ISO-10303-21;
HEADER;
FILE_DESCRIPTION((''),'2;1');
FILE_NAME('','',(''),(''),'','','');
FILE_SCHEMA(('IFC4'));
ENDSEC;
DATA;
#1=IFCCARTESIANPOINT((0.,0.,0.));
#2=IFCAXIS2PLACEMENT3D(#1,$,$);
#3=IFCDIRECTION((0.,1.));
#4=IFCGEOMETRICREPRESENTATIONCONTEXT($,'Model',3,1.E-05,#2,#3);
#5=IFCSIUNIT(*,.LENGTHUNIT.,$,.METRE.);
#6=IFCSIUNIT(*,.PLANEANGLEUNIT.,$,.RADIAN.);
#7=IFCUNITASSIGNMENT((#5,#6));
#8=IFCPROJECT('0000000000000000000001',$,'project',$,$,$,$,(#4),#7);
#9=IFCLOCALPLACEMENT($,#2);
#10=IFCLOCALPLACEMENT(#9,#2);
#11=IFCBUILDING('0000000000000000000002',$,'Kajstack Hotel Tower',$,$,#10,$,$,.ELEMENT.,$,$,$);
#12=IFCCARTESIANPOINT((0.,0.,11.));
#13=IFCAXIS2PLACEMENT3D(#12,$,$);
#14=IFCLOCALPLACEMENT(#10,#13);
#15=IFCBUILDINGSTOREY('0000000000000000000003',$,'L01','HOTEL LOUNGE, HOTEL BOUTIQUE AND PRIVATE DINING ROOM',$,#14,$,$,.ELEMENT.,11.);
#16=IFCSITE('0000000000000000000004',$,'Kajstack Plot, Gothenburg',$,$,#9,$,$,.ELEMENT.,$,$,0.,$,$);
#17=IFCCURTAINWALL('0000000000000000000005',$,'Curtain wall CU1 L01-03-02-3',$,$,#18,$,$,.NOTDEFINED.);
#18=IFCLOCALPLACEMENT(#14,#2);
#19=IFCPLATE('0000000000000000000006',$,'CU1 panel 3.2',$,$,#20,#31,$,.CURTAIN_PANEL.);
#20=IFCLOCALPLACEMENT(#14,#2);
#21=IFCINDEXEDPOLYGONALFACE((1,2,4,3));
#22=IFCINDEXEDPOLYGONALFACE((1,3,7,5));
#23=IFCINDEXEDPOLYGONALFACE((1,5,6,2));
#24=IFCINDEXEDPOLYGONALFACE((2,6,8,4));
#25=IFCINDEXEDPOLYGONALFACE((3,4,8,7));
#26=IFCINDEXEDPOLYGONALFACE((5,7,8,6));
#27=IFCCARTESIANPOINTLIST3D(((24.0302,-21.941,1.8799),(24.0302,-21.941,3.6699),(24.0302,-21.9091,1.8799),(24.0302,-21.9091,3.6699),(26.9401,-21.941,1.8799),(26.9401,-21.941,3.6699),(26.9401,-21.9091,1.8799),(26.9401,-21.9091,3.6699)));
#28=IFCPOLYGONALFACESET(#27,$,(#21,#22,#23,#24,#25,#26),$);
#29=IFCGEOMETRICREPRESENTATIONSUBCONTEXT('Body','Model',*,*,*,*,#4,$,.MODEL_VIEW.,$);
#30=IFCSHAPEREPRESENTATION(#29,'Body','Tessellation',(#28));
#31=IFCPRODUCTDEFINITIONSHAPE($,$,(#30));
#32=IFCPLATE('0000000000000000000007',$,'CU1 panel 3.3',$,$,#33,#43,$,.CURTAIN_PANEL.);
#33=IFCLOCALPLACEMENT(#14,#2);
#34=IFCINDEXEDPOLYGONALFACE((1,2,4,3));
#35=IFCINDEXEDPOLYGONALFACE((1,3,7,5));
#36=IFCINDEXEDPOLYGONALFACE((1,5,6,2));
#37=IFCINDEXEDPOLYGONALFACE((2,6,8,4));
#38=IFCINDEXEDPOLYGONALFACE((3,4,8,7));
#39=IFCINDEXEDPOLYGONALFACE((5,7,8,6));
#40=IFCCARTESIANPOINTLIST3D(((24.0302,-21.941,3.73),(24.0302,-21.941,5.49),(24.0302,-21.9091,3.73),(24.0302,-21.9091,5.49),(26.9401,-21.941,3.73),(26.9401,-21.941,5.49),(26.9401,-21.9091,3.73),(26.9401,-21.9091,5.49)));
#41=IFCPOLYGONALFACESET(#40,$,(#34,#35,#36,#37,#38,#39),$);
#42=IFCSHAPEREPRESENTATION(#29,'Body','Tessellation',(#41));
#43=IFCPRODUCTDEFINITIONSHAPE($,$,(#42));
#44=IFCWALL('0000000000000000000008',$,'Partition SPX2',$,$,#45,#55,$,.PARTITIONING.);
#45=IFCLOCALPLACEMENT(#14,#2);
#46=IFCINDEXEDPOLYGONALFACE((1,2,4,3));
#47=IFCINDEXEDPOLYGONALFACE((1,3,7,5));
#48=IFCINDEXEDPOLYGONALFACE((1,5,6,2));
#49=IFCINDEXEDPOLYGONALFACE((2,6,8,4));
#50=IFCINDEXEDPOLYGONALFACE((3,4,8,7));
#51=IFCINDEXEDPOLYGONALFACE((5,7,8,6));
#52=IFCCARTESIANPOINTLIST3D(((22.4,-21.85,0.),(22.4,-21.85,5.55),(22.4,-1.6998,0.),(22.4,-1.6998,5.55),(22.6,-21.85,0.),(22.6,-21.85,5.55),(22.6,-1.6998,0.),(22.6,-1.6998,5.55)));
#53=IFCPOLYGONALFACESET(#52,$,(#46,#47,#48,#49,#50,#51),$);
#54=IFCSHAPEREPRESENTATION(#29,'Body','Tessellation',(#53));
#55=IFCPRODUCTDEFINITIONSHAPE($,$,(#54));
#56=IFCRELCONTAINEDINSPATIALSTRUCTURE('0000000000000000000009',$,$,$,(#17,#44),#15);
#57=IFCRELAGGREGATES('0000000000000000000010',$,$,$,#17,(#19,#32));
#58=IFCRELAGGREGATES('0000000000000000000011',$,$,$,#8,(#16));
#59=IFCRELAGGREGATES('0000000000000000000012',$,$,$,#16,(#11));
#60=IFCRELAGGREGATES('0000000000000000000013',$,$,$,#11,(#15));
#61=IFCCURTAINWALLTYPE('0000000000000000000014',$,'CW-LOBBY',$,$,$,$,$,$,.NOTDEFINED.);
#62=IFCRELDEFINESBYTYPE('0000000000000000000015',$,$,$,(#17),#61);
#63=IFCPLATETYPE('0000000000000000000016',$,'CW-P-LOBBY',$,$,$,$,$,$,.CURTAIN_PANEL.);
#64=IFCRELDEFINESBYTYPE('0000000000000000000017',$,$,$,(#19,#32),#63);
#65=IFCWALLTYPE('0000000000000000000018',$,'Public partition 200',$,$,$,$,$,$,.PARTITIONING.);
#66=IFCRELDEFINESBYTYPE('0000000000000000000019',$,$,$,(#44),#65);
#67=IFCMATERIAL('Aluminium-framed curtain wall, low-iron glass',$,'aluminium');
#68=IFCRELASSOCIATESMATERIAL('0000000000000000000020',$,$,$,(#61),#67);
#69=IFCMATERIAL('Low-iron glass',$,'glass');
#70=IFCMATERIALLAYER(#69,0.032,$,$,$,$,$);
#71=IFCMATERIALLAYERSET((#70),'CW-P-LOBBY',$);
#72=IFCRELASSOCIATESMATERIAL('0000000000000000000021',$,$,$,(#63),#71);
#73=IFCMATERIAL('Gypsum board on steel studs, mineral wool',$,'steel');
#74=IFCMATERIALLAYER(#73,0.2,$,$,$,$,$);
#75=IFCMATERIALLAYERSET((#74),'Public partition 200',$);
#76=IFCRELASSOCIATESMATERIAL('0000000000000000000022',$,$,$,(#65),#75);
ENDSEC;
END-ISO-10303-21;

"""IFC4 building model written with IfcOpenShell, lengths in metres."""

from ifc_helpers import new_model, si_unit, direction, frame, frame_2d, origin, origin_2d, place, context, subcontext, project, spatial, rectangle, extrude, material, layer, layer_set, type_object, element, aggregate, save


model = new_model("IFC4")

# Units and contexts
model_context = context("Model", 3, precision=1e-05, world=origin(), true_north=direction((0.0, 1.0)))
body_context = subcontext(model_context, "Body", "Model", "MODEL_VIEW")
ifc_project = project(units=[si_unit("LENGTHUNIT", "METRE"), si_unit("PLANEANGLEUNIT", "RADIAN")], contexts=[model_context])

# Site, building, storey
site_placement = place(None, origin())
site = spatial("IfcSite", under=ifc_project, at=site_placement, Name="Kajstack Plot, Gothenburg", CompositionType="ELEMENT", RefElevation=0.0)
building_placement = place(site_placement, origin())
building = spatial("IfcBuilding", under=site, at=building_placement, Name="Kajstack Hotel Tower", CompositionType="ELEMENT")
storey_placement = place(building_placement, frame((0.0, 0.0, 11.0)))
storey = spatial("IfcBuildingStorey", under=building, at=storey_placement, Name="L01", Description="HOTEL LOUNGE, HOTEL BOUTIQUE AND PRIVATE DINING ROOM", CompositionType="ELEMENT", Elevation=11.0)

# Curtain wall, plates
ifc_material_1 = material(Name="Aluminium-framed curtain wall, low-iron glass", Category="aluminium")
curtain_wall_type = type_object("IfcCurtainWallType", Name="CW-LOBBY", PredefinedType="NOTDEFINED", material=ifc_material_1)
curtain_wall_placement = place(storey_placement, origin())
curtain_wall = element("IfcCurtainWall", 1, at=curtain_wall_placement, inside=storey, type_object=curtain_wall_type, Name="Curtain wall CU1 L01-03-02-3", PredefinedType="NOTDEFINED")
ifc_material_2 = material(Name="Low-iron glass", Category="glass")
ifc_layer_1 = layer(ifc_material_2, 0.032)
ifc_layer_set_1 = layer_set([ifc_layer_1], Name="CW-P-LOBBY")
plate_type = type_object("IfcPlateType", Name="CW-P-LOBBY", PredefinedType="CURTAIN_PANEL", material=ifc_layer_set_1)
plate_1_placement = place(storey_placement, frame((25.4851, -21.925, 1.8799), z_axis=(0.0, 0.0, 1.0), x_axis=(1.0, 0.0, 0.0)))
plate_1 = element("IfcPlate", 2, at=plate_1_placement, type_object=plate_type, Name="CU1 panel 3.2", PredefinedType="CURTAIN_PANEL", context=body_context, shape_type="SweptSolid", body=[
    extrude(rectangle(XDim=2.9099, YDim=0.032, at=origin_2d()), origin(), (0.0, 0.0, 1.0), 1.79),
])
plate_2_placement = place(storey_placement, frame((25.4851, -21.925, 3.73), z_axis=(0.0, 0.0, 1.0), x_axis=(1.0, 0.0, 0.0)))
plate_2 = element("IfcPlate", 3, at=plate_2_placement, type_object=plate_type, Name="CU1 panel 3.3", PredefinedType="CURTAIN_PANEL", context=body_context, shape_type="SweptSolid", body=[
    extrude(rectangle(XDim=2.9099, YDim=0.032, at=origin_2d()), origin(), (0.0, 0.0, 1.0), 1.76),
])
aggregate(curtain_wall, [plate_1, plate_2])

# Wall
ifc_material_3 = material(Name="Gypsum board on steel studs, mineral wool", Category="steel")
ifc_layer_2 = layer(ifc_material_3, 0.2)
ifc_layer_set_2 = layer_set([ifc_layer_2], Name="Public partition 200")
wall_type = type_object("IfcWallType", Name="Public partition 200", PredefinedType="PARTITIONING", material=ifc_layer_set_2)
wall_placement = place(storey_placement, frame((22.5, -21.8501, 0.0), z_axis=(0.0, 0.0, 1.0), x_axis=(0.0, 1.0, 0.0)))
element("IfcWall", 4, at=wall_placement, inside=storey, type_object=wall_type, Name="Partition SPX2", PredefinedType="PARTITIONING", context=body_context, shape_type="SweptSolid", body=[
    extrude(rectangle(XDim=20.1501, YDim=0.2, at=frame_2d((10.0752, 0.0))), origin(), (0.0, 0.0, 1.0), 5.55),
])

save(model, "model.ifc")
